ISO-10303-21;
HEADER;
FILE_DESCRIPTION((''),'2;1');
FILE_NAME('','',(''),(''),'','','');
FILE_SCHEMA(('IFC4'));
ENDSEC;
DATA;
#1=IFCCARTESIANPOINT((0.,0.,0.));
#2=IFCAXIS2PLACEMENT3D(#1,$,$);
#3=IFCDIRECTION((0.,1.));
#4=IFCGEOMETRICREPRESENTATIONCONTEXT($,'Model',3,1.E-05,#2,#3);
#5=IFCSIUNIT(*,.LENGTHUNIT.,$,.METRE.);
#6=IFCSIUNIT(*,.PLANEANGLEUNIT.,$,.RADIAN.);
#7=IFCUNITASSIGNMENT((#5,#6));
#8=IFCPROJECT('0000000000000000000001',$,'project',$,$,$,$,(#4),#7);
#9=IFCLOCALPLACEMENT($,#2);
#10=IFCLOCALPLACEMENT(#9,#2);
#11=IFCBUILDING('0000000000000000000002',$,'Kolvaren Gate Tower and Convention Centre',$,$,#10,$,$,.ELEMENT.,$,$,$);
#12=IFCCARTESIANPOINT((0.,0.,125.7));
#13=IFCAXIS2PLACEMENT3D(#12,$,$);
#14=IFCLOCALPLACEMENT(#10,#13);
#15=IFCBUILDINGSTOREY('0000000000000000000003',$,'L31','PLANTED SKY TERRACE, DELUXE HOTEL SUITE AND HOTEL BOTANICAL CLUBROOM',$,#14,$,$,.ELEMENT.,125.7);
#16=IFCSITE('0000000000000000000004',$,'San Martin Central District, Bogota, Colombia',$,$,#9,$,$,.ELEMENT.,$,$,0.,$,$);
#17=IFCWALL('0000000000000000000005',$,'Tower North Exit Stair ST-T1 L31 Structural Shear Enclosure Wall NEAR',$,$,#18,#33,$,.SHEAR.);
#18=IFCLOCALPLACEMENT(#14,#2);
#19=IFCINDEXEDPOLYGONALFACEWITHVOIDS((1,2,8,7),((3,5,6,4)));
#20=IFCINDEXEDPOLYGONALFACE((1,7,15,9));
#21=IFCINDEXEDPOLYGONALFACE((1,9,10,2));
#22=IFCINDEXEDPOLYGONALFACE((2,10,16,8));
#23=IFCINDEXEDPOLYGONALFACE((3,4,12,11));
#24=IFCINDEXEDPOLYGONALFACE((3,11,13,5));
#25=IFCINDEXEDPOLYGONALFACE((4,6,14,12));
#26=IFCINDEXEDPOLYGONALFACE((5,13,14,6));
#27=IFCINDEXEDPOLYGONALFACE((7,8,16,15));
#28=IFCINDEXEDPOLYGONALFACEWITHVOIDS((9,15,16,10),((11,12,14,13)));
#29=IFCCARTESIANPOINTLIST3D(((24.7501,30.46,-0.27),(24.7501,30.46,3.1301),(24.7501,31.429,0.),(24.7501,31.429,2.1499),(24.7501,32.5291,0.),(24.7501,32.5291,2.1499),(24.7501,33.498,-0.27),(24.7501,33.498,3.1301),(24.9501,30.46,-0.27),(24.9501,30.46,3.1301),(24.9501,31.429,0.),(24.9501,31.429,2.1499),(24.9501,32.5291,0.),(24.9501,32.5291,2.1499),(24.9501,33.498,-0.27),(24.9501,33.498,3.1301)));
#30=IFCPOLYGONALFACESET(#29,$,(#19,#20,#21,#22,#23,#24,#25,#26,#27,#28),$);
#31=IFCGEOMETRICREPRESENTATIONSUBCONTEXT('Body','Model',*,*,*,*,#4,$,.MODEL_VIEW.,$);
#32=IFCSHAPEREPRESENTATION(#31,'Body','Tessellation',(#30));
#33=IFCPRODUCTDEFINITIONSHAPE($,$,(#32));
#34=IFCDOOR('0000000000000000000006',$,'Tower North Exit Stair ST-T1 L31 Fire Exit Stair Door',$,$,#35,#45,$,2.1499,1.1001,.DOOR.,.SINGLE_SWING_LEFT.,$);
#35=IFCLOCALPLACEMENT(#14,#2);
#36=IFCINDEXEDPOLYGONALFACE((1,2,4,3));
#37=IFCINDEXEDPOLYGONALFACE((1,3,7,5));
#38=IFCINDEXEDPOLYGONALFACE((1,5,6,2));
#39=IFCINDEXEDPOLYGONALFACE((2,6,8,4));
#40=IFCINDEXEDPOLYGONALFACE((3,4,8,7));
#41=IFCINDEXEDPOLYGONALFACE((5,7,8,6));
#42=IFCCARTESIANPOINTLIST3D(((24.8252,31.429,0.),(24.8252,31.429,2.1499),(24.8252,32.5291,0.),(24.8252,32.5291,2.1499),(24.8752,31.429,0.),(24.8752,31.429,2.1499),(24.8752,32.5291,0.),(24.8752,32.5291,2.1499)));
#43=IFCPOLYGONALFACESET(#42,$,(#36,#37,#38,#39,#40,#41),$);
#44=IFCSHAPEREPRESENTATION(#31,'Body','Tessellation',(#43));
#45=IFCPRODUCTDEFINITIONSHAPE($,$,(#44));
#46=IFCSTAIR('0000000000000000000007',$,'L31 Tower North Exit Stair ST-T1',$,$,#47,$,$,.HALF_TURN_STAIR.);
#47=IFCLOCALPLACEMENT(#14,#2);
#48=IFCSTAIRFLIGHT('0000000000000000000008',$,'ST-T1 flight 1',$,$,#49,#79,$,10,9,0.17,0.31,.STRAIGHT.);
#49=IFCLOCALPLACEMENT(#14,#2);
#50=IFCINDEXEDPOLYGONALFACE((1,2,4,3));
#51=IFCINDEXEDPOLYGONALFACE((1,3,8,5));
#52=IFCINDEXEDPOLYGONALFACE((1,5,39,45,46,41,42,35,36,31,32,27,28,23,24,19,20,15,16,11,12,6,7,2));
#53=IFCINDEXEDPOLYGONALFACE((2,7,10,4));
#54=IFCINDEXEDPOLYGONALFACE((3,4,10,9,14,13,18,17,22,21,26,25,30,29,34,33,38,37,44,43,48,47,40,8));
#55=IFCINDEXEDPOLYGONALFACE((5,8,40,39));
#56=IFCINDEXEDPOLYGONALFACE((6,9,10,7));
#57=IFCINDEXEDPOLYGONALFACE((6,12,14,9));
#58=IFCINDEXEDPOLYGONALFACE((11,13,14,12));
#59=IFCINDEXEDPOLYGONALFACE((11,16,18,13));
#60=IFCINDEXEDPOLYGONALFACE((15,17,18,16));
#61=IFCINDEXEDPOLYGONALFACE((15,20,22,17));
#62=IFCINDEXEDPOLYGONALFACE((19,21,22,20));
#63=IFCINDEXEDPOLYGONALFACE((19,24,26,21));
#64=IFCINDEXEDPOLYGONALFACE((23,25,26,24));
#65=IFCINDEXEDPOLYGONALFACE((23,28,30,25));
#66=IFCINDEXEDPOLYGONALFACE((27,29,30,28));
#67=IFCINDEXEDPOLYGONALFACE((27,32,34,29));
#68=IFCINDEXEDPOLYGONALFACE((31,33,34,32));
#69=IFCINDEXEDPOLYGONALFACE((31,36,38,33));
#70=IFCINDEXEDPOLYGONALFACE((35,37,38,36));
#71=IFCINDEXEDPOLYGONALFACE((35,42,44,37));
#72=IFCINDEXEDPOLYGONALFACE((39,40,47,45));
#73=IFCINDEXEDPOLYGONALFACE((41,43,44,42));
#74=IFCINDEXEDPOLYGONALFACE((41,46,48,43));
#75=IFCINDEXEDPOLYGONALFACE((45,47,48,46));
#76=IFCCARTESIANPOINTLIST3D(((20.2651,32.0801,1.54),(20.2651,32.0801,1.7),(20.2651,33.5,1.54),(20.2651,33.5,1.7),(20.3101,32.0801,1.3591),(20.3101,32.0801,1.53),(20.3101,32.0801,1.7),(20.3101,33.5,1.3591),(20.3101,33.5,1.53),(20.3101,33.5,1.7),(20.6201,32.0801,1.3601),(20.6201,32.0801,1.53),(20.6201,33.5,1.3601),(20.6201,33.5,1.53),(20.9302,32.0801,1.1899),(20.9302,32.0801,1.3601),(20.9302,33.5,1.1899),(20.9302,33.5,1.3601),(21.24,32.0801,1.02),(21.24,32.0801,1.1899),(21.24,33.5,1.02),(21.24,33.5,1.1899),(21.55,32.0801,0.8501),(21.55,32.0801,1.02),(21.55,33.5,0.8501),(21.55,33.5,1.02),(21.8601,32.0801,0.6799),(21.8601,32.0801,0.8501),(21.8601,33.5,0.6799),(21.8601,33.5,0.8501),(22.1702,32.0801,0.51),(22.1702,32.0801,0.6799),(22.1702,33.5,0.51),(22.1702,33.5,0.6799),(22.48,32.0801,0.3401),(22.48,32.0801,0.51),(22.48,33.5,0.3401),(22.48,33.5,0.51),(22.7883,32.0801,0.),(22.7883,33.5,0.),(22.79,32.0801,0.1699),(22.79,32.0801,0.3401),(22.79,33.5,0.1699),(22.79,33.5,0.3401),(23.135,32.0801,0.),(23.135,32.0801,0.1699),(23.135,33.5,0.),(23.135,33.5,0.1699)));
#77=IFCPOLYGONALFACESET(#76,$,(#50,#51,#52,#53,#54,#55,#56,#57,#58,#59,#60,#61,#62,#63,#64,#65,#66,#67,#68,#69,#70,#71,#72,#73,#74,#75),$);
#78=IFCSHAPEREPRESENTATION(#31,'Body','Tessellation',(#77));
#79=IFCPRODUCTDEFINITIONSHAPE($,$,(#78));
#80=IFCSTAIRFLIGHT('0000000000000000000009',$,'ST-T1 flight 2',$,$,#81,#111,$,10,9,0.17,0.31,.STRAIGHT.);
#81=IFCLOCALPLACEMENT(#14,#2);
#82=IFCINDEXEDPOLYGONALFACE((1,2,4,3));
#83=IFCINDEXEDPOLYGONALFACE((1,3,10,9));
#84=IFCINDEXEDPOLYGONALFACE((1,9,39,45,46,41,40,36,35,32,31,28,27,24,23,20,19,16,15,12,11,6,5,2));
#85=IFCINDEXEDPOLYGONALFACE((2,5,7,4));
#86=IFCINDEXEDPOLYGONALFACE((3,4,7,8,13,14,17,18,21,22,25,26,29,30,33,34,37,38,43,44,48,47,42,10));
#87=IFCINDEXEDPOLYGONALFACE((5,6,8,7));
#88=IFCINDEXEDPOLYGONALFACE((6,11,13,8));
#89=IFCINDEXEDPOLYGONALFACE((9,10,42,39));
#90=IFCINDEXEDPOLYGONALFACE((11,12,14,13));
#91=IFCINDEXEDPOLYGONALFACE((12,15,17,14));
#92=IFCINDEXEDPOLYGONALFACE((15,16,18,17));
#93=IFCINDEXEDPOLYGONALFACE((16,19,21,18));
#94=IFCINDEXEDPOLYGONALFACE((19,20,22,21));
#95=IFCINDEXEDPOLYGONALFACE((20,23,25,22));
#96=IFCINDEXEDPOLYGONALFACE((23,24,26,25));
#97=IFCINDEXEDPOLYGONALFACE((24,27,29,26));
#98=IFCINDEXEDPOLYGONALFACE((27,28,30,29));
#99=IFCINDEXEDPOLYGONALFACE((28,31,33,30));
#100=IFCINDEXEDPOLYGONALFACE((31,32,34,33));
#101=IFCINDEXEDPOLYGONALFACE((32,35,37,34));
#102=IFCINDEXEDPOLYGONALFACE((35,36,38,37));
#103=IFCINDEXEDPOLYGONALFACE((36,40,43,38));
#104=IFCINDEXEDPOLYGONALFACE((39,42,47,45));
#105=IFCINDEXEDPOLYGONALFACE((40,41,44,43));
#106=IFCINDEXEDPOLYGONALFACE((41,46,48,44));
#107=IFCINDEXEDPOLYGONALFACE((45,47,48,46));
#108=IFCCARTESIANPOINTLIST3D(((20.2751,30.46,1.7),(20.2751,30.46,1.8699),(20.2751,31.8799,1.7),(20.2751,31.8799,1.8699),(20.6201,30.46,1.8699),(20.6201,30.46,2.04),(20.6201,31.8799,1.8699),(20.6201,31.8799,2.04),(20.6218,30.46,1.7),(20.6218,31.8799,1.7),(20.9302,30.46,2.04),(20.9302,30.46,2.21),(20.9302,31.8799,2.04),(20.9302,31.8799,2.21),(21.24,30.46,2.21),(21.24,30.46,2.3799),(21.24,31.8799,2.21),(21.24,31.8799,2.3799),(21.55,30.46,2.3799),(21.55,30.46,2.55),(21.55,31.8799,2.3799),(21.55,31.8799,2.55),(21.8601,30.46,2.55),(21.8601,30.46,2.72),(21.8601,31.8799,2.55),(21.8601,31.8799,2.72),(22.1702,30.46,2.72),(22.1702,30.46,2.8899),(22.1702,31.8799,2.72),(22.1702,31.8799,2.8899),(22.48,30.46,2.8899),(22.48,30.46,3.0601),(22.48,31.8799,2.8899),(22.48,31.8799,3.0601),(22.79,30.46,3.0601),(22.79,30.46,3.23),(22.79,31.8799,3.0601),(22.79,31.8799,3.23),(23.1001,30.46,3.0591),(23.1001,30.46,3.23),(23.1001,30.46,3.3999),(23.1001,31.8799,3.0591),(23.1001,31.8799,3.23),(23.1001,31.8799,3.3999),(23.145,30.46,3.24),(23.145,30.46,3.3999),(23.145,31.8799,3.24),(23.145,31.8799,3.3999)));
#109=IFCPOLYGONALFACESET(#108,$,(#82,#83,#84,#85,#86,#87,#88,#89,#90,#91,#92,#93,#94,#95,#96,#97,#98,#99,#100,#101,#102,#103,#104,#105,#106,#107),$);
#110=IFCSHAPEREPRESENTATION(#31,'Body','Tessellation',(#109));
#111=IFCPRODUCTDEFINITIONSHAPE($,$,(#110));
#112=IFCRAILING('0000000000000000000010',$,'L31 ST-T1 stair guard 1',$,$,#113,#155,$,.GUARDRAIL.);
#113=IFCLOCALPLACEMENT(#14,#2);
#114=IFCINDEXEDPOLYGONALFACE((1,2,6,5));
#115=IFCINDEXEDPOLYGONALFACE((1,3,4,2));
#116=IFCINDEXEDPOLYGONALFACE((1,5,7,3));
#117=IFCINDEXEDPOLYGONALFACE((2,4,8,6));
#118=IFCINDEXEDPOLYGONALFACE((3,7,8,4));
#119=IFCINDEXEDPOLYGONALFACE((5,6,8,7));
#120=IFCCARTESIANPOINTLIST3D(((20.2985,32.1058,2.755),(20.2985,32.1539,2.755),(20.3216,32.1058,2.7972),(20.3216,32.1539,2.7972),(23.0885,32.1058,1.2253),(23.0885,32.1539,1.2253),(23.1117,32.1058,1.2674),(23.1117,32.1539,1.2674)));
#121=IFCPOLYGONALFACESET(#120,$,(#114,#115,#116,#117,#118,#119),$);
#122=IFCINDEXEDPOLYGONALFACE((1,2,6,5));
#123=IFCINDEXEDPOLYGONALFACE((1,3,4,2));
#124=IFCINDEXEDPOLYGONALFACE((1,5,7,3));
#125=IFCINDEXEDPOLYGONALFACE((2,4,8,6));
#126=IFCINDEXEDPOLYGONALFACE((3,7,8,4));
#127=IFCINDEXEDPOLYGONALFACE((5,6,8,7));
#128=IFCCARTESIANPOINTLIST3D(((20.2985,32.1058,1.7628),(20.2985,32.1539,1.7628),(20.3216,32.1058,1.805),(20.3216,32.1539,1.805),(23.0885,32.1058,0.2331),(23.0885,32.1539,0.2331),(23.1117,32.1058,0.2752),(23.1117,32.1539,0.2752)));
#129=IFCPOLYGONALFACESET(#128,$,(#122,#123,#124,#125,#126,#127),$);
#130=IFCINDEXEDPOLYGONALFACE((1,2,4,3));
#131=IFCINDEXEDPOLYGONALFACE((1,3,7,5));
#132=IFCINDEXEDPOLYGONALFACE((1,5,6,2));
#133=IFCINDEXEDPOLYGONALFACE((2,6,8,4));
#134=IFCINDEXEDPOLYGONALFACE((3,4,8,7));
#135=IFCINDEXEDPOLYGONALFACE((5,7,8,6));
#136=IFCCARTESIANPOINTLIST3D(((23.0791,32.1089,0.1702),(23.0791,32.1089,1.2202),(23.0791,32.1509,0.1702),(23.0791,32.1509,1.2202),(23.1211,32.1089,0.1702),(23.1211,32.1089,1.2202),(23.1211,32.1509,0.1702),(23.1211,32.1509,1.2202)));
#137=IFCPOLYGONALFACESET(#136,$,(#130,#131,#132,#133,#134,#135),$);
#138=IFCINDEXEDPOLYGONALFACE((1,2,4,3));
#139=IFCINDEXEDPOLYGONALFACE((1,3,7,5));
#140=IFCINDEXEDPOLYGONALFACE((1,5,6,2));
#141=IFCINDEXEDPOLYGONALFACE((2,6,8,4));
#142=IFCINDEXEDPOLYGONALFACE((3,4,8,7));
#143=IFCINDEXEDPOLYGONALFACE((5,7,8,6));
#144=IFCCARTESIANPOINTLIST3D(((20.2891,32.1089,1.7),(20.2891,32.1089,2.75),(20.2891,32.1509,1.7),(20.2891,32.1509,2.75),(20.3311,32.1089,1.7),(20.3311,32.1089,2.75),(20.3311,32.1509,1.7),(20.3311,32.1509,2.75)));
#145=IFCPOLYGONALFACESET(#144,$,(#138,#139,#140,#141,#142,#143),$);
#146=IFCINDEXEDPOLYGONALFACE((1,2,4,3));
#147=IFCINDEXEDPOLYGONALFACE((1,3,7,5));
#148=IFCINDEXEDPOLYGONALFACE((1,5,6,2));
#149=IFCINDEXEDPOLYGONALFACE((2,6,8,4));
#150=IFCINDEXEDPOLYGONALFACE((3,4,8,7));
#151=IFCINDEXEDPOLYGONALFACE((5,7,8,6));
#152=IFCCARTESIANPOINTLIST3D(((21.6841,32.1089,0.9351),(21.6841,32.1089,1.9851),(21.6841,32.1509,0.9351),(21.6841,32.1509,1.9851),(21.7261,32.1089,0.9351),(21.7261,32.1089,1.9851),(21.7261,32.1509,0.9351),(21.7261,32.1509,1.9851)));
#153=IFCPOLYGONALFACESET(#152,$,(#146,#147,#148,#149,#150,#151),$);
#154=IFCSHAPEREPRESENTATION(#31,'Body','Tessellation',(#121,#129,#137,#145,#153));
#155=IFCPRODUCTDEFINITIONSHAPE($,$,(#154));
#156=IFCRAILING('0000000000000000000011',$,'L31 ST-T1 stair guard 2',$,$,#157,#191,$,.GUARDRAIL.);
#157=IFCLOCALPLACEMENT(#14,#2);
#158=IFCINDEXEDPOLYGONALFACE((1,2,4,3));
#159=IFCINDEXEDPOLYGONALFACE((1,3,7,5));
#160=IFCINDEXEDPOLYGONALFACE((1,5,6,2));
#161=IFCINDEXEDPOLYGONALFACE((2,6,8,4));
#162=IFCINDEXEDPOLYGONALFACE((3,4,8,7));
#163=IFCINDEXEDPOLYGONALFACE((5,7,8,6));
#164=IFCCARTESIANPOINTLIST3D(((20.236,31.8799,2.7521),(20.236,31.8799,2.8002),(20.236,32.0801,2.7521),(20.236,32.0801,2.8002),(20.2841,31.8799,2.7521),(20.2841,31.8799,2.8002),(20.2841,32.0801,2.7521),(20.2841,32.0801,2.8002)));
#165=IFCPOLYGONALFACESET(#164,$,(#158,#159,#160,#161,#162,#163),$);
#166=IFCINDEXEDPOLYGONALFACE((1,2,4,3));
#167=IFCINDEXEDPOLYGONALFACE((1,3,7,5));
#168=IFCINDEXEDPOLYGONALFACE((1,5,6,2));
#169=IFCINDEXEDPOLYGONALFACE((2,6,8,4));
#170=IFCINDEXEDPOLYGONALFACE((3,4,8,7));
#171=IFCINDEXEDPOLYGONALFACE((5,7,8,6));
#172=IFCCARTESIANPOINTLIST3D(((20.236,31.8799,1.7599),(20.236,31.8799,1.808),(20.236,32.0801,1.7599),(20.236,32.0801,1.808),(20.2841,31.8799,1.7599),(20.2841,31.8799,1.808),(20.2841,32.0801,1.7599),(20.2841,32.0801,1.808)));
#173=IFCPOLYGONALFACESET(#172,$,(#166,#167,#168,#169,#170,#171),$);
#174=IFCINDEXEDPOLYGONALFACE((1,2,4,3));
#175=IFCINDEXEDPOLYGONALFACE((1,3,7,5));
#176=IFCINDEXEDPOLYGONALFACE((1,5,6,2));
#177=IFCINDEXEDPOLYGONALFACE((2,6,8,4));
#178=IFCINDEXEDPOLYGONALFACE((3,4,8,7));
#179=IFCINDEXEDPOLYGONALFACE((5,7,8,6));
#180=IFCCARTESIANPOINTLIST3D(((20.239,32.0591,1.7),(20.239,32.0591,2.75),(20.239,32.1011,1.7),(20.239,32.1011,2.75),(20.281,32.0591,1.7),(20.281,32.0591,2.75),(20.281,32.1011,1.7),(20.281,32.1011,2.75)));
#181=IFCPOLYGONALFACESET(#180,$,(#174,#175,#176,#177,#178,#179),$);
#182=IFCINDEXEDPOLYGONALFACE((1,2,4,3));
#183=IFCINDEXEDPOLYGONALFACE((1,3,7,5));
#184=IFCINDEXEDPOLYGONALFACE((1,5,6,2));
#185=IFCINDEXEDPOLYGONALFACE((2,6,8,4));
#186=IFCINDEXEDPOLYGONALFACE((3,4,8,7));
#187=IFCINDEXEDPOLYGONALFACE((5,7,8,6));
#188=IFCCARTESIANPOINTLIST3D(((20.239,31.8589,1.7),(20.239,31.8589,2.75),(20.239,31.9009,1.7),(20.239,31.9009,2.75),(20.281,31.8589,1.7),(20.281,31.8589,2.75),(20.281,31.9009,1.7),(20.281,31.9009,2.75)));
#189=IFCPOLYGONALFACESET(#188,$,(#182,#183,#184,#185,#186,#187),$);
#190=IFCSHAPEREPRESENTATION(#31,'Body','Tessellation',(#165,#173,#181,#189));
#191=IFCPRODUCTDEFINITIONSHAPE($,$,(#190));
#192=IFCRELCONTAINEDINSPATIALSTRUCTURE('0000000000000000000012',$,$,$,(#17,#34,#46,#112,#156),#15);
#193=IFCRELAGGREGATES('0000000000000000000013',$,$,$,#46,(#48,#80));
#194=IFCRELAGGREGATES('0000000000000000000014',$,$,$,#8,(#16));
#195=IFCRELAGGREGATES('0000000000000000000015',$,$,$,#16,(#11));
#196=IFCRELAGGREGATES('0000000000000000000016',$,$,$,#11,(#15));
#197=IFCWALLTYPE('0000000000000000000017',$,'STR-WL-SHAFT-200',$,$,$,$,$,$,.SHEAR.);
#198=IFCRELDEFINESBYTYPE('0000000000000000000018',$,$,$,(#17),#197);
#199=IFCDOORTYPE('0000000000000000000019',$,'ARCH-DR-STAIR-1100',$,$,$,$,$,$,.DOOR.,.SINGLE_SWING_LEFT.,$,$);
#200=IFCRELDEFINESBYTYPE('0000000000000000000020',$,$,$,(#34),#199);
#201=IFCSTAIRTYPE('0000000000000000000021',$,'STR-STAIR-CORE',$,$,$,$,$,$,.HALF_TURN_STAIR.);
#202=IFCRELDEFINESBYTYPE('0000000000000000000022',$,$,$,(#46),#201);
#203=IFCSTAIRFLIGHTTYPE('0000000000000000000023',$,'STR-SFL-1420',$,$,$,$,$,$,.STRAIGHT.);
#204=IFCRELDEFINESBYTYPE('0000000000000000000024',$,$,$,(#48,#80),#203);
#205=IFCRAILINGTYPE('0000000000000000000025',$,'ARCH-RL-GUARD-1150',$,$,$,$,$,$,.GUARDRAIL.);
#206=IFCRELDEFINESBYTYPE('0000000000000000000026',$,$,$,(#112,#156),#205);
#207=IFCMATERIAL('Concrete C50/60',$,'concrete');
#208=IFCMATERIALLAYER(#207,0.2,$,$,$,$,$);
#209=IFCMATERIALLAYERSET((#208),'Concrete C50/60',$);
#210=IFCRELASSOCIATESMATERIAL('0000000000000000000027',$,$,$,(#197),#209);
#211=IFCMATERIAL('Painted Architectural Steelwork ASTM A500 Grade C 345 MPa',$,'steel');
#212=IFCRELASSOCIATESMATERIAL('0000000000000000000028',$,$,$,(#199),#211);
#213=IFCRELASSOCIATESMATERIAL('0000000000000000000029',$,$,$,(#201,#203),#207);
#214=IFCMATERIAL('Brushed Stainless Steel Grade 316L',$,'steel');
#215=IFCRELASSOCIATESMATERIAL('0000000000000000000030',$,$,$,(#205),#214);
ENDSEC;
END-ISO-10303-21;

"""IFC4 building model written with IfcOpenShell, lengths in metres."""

from ifc_helpers import new_model, si_unit, direction, frame, frame_2d, origin, origin_2d, place, context, subcontext, project, spatial, polyline, rectangle, outline, extrude, material, layer, layer_set, type_object, element, fill, aggregate, save


model = new_model("IFC4")

# Units and contexts
model_context = context("Model", 3, precision=1e-05, world=origin(), true_north=direction((0.0, 1.0)))
body_context = subcontext(model_context, "Body", "Model", "MODEL_VIEW")
ifc_project = project(units=[si_unit("LENGTHUNIT", "METRE"), si_unit("PLANEANGLEUNIT", "RADIAN")], contexts=[model_context])

# Site, building, storey
site_placement = place(None, origin())
site = spatial("IfcSite", under=ifc_project, at=site_placement, Name="San Martin Central District, Bogota, Colombia", CompositionType="ELEMENT", RefElevation=0.0)
building_placement = place(site_placement, origin())
building = spatial("IfcBuilding", under=site, at=building_placement, Name="Kolvaren Gate Tower and Convention Centre", CompositionType="ELEMENT")
storey_placement = place(building_placement, frame((0.0, 0.0, 125.7)))
storey = spatial("IfcBuildingStorey", under=building, at=storey_placement, Name="L31", Description="PLANTED SKY TERRACE, DELUXE HOTEL SUITE AND HOTEL BOTANICAL CLUBROOM", CompositionType="ELEMENT", Elevation=125.7)

# Shared definitions
ifc_material_1 = material(Name="Brushed Stainless Steel Grade 316L", Category="steel")

# Wall, opening, door
ifc_material_2 = material(Name="Concrete C50/60", Category="concrete")
ifc_layer_1 = layer(ifc_material_2, 0.2)
ifc_layer_set_1 = layer_set([ifc_layer_1], Name="Concrete C50/60")
wall_type_1 = type_object("IfcWallType", Name="STR-WL-SHAFT-200", PredefinedType="SHEAR", material=ifc_layer_set_1)
wall_1_placement = place(storey_placement, frame((24.8501, 30.46, -0.27), z_axis=(0.0, 0.0, 1.0), x_axis=(0.0, 1.0, 0.0)))
wall_1 = element("IfcWall", 1, at=wall_1_placement, inside=storey, type_object=wall_type_1, Name="Tower North Exit Stair ST-T1 L31 Structural Shear Enclosure Wall NEAR", PredefinedType="SHEAR", context=body_context, shape_type="SweptSolid", body=[
    extrude(rectangle(XDim=3.0381, YDim=0.2, at=frame_2d((1.519, 0.0))), origin(), (0.0, 0.0, 1.0), 3.4001),
])
opening_1_placement = place(wall_1_placement, frame((0.969, 0.0, 0.27)))
opening_1 = element("IfcOpeningElement", 2, at=opening_1_placement, cuts=wall_1, PredefinedType="OPENING", context=body_context, shape_type="SweptSolid", body=[
    extrude(rectangle(XDim=1.1001, YDim=2.1499, at=frame_2d((0.55, 1.075))), frame((0.0, 0.1099, 0.0), z_axis=(0.0, -1.0, 0.0), x_axis=(1.0, 0.0, 0.0)), (0.0, 0.0, 1.0), 0.22),
])
ifc_material_3 = material(Name="Painted Architectural Steelwork ASTM A500 Grade C 345 MPa", Category="steel")
door_type_1 = type_object("IfcDoorType", Name="ARCH-DR-STAIR-1100", OperationType="SINGLE_SWING_LEFT", PredefinedType="DOOR", material=ifc_material_3)
door_1_placement = place(opening_1_placement, origin())
door_1 = element("IfcDoor", 3, at=door_1_placement, inside=storey, type_object=door_type_1, Name="Tower North Exit Stair ST-T1 L31 Fire Exit Stair Door", OperationType="SINGLE_SWING_LEFT", OverallHeight=2.1499, OverallWidth=1.1001, PredefinedType="DOOR", context=body_context, shape_type="SweptSolid", body=[
    extrude(rectangle(XDim=1.1001, YDim=2.1499, at=frame_2d((0.55, 1.075))), frame((0.0, 0.0249, 0.0), z_axis=(0.0, -1.0, 0.0), x_axis=(1.0, 0.0, 0.0)), (0.0, 0.0, 1.0), 0.05),
])
fill(opening_1, door_1)

# Stair, stair flights
stair_type = type_object("IfcStairType", Name="STR-STAIR-CORE", PredefinedType="HALF_TURN_STAIR", material=ifc_material_2)
stair_placement = place(storey_placement, origin())
stair = element("IfcStair", 4, at=stair_placement, inside=storey, type_object=stair_type, Name="L31 Tower North Exit Stair ST-T1", PredefinedType="HALF_TURN_STAIR")
stair_flight_type = type_object("IfcStairFlightType", Name="STR-SFL-1420", PredefinedType="STRAIGHT", material=ifc_material_2)
stair_flight_1_placement = place(storey_placement, frame((23.1001, 32.79, 0.0), z_axis=(0.0, 0.0, 1.0), x_axis=(-1.0, 0.0, 0.0)))
stair_flight_1 = element("IfcStairFlight", 5, at=stair_flight_1_placement, type_object=stair_flight_type, Name="ST-T1 flight 1", NumberOfRisers=10, NumberOfTreads=9, PredefinedType="STRAIGHT", RiserHeight=0.17, TreadLength=0.31, context=body_context, shape_type="SweptSolid", body=[
    extrude(outline(polyline([(-0.0349, 0.0), (-0.0349, 0.1699), (0.3101, 0.1699), (0.3101, 0.3401), (0.6201, 0.3401), (0.6201, 0.51), (0.9299, 0.51), (0.9299, 0.6799), (1.24, 0.6799), (1.24, 0.8501), (1.55, 0.8501), (1.55, 1.02), (1.8601, 1.02), (1.8601, 1.1899), (2.1699, 1.1899), (2.1699, 1.3601), (2.48, 1.3601), (2.48, 1.53), (2.79, 1.53), (2.79, 1.7), (2.835, 1.7), (2.835, 1.54), (2.79, 1.3591), (0.3118, 0.0), (-0.0349, 0.0)])), frame((0.0, 0.71, 0.0), z_axis=(0.0, -1.0, 0.0), x_axis=(1.0, 0.0, 0.0)), (0.0, 0.0, 1.0), 1.4199),
])
stair_flight_2_placement = place(storey_placement, frame((20.3101, 31.1699, 1.7), z_axis=(0.0, 0.0, 1.0), x_axis=(1.0, 0.0, 0.0)))
stair_flight_2 = element("IfcStairFlight", 6, at=stair_flight_2_placement, type_object=stair_flight_type, Name="ST-T1 flight 2", NumberOfRisers=10, NumberOfTreads=9, PredefinedType="STRAIGHT", RiserHeight=0.17, TreadLength=0.31, context=body_context, shape_type="SweptSolid", body=[
    extrude(outline(polyline([(-0.0349, 0.0), (-0.0349, 0.1699), (0.3101, 0.1699), (0.3101, 0.3401), (0.6201, 0.3401), (0.6201, 0.51), (0.9299, 0.51), (0.9299, 0.6799), (1.24, 0.6799), (1.24, 0.8501), (1.55, 0.8501), (1.55, 1.02), (1.8601, 1.02), (1.8601, 1.1899), (2.1699, 1.1899), (2.1699, 1.3601), (2.48, 1.3601), (2.48, 1.53), (2.79, 1.53), (2.79, 1.7), (2.835, 1.7), (2.835, 1.54), (2.79, 1.3591), (0.3118, 0.0), (-0.0349, 0.0)])), frame((0.0, 0.71, 0.0), z_axis=(0.0, -1.0, 0.0), x_axis=(1.0, 0.0, 0.0)), (0.0, 0.0, 1.0), 1.4199),
])
aggregate(stair, [stair_flight_1, stair_flight_2])

# Railings
railing_type_1 = type_object("IfcRailingType", Name="ARCH-RL-GUARD-1150", PredefinedType="GUARDRAIL", material=ifc_material_1)
railing_1_placement = place(storey_placement, frame((23.1001, 32.1299, 0.1702)))
element("IfcRailing", 7, at=railing_1_placement, inside=storey, type_object=railing_type_1, Name="L31 ST-T1 stair guard 1", PredefinedType="GUARDRAIL", context=body_context, shape_type="SweptSolid", body=[
    extrude(rectangle(XDim=0.0481, YDim=0.0481, at=origin_2d()), frame((0.0, 0.0, 1.0762), z_axis=(-0.876844, 0.0, 0.480776), x_axis=(0.0, -1.0, 0.0)), (0.0, 0.0, 1.0), 3.1819),
    extrude(rectangle(XDim=0.0481, YDim=0.0481, at=origin_2d()), frame((0.0, 0.0, 0.084), z_axis=(-0.876844, 0.0, 0.480776), x_axis=(0.0, -1.0, 0.0)), (0.0, 0.0, 1.0), 3.1819),
    extrude(rectangle(XDim=0.042, YDim=0.042, at=origin_2d()), origin(), (0.0, 0.0, 1.0), 1.05),
    extrude(rectangle(XDim=0.042, YDim=0.042, at=origin_2d()), frame((-2.79, 0.0, 1.5298)), (0.0, 0.0, 1.0), 1.05),
    extrude(rectangle(XDim=0.042, YDim=0.042, at=origin_2d()), frame((-1.395, 0.0, 0.7649)), (0.0, 0.0, 1.0), 1.05),
])
railing_2_placement = place(storey_placement, frame((20.26, 32.0801, 1.7)))
element("IfcRailing", 8, at=railing_2_placement, inside=storey, type_object=railing_type_1, Name="L31 ST-T1 stair guard 2", PredefinedType="GUARDRAIL", context=body_context, shape_type="SweptSolid", body=[
    extrude(rectangle(XDim=0.0481, YDim=0.0481, at=origin_2d()), frame((0.0, 0.0, 1.0762), z_axis=(0.0, -1.0, 0.0), x_axis=(1.0, 0.0, 0.0)), (0.0, 0.0, 1.0), 0.2002),
    extrude(rectangle(XDim=0.0481, YDim=0.0481, at=origin_2d()), frame((0.0, 0.0, 0.084), z_axis=(0.0, -1.0, 0.0), x_axis=(1.0, 0.0, 0.0)), (0.0, 0.0, 1.0), 0.2002),
    extrude(rectangle(XDim=0.042, YDim=0.042, at=origin_2d()), origin(), (0.0, 0.0, 1.0), 1.05),
    extrude(rectangle(XDim=0.042, YDim=0.042, at=origin_2d()), frame((0.0, -0.2002, 0.0)), (0.0, 0.0, 1.0), 1.05),
])

save(model, "model.ifc")
